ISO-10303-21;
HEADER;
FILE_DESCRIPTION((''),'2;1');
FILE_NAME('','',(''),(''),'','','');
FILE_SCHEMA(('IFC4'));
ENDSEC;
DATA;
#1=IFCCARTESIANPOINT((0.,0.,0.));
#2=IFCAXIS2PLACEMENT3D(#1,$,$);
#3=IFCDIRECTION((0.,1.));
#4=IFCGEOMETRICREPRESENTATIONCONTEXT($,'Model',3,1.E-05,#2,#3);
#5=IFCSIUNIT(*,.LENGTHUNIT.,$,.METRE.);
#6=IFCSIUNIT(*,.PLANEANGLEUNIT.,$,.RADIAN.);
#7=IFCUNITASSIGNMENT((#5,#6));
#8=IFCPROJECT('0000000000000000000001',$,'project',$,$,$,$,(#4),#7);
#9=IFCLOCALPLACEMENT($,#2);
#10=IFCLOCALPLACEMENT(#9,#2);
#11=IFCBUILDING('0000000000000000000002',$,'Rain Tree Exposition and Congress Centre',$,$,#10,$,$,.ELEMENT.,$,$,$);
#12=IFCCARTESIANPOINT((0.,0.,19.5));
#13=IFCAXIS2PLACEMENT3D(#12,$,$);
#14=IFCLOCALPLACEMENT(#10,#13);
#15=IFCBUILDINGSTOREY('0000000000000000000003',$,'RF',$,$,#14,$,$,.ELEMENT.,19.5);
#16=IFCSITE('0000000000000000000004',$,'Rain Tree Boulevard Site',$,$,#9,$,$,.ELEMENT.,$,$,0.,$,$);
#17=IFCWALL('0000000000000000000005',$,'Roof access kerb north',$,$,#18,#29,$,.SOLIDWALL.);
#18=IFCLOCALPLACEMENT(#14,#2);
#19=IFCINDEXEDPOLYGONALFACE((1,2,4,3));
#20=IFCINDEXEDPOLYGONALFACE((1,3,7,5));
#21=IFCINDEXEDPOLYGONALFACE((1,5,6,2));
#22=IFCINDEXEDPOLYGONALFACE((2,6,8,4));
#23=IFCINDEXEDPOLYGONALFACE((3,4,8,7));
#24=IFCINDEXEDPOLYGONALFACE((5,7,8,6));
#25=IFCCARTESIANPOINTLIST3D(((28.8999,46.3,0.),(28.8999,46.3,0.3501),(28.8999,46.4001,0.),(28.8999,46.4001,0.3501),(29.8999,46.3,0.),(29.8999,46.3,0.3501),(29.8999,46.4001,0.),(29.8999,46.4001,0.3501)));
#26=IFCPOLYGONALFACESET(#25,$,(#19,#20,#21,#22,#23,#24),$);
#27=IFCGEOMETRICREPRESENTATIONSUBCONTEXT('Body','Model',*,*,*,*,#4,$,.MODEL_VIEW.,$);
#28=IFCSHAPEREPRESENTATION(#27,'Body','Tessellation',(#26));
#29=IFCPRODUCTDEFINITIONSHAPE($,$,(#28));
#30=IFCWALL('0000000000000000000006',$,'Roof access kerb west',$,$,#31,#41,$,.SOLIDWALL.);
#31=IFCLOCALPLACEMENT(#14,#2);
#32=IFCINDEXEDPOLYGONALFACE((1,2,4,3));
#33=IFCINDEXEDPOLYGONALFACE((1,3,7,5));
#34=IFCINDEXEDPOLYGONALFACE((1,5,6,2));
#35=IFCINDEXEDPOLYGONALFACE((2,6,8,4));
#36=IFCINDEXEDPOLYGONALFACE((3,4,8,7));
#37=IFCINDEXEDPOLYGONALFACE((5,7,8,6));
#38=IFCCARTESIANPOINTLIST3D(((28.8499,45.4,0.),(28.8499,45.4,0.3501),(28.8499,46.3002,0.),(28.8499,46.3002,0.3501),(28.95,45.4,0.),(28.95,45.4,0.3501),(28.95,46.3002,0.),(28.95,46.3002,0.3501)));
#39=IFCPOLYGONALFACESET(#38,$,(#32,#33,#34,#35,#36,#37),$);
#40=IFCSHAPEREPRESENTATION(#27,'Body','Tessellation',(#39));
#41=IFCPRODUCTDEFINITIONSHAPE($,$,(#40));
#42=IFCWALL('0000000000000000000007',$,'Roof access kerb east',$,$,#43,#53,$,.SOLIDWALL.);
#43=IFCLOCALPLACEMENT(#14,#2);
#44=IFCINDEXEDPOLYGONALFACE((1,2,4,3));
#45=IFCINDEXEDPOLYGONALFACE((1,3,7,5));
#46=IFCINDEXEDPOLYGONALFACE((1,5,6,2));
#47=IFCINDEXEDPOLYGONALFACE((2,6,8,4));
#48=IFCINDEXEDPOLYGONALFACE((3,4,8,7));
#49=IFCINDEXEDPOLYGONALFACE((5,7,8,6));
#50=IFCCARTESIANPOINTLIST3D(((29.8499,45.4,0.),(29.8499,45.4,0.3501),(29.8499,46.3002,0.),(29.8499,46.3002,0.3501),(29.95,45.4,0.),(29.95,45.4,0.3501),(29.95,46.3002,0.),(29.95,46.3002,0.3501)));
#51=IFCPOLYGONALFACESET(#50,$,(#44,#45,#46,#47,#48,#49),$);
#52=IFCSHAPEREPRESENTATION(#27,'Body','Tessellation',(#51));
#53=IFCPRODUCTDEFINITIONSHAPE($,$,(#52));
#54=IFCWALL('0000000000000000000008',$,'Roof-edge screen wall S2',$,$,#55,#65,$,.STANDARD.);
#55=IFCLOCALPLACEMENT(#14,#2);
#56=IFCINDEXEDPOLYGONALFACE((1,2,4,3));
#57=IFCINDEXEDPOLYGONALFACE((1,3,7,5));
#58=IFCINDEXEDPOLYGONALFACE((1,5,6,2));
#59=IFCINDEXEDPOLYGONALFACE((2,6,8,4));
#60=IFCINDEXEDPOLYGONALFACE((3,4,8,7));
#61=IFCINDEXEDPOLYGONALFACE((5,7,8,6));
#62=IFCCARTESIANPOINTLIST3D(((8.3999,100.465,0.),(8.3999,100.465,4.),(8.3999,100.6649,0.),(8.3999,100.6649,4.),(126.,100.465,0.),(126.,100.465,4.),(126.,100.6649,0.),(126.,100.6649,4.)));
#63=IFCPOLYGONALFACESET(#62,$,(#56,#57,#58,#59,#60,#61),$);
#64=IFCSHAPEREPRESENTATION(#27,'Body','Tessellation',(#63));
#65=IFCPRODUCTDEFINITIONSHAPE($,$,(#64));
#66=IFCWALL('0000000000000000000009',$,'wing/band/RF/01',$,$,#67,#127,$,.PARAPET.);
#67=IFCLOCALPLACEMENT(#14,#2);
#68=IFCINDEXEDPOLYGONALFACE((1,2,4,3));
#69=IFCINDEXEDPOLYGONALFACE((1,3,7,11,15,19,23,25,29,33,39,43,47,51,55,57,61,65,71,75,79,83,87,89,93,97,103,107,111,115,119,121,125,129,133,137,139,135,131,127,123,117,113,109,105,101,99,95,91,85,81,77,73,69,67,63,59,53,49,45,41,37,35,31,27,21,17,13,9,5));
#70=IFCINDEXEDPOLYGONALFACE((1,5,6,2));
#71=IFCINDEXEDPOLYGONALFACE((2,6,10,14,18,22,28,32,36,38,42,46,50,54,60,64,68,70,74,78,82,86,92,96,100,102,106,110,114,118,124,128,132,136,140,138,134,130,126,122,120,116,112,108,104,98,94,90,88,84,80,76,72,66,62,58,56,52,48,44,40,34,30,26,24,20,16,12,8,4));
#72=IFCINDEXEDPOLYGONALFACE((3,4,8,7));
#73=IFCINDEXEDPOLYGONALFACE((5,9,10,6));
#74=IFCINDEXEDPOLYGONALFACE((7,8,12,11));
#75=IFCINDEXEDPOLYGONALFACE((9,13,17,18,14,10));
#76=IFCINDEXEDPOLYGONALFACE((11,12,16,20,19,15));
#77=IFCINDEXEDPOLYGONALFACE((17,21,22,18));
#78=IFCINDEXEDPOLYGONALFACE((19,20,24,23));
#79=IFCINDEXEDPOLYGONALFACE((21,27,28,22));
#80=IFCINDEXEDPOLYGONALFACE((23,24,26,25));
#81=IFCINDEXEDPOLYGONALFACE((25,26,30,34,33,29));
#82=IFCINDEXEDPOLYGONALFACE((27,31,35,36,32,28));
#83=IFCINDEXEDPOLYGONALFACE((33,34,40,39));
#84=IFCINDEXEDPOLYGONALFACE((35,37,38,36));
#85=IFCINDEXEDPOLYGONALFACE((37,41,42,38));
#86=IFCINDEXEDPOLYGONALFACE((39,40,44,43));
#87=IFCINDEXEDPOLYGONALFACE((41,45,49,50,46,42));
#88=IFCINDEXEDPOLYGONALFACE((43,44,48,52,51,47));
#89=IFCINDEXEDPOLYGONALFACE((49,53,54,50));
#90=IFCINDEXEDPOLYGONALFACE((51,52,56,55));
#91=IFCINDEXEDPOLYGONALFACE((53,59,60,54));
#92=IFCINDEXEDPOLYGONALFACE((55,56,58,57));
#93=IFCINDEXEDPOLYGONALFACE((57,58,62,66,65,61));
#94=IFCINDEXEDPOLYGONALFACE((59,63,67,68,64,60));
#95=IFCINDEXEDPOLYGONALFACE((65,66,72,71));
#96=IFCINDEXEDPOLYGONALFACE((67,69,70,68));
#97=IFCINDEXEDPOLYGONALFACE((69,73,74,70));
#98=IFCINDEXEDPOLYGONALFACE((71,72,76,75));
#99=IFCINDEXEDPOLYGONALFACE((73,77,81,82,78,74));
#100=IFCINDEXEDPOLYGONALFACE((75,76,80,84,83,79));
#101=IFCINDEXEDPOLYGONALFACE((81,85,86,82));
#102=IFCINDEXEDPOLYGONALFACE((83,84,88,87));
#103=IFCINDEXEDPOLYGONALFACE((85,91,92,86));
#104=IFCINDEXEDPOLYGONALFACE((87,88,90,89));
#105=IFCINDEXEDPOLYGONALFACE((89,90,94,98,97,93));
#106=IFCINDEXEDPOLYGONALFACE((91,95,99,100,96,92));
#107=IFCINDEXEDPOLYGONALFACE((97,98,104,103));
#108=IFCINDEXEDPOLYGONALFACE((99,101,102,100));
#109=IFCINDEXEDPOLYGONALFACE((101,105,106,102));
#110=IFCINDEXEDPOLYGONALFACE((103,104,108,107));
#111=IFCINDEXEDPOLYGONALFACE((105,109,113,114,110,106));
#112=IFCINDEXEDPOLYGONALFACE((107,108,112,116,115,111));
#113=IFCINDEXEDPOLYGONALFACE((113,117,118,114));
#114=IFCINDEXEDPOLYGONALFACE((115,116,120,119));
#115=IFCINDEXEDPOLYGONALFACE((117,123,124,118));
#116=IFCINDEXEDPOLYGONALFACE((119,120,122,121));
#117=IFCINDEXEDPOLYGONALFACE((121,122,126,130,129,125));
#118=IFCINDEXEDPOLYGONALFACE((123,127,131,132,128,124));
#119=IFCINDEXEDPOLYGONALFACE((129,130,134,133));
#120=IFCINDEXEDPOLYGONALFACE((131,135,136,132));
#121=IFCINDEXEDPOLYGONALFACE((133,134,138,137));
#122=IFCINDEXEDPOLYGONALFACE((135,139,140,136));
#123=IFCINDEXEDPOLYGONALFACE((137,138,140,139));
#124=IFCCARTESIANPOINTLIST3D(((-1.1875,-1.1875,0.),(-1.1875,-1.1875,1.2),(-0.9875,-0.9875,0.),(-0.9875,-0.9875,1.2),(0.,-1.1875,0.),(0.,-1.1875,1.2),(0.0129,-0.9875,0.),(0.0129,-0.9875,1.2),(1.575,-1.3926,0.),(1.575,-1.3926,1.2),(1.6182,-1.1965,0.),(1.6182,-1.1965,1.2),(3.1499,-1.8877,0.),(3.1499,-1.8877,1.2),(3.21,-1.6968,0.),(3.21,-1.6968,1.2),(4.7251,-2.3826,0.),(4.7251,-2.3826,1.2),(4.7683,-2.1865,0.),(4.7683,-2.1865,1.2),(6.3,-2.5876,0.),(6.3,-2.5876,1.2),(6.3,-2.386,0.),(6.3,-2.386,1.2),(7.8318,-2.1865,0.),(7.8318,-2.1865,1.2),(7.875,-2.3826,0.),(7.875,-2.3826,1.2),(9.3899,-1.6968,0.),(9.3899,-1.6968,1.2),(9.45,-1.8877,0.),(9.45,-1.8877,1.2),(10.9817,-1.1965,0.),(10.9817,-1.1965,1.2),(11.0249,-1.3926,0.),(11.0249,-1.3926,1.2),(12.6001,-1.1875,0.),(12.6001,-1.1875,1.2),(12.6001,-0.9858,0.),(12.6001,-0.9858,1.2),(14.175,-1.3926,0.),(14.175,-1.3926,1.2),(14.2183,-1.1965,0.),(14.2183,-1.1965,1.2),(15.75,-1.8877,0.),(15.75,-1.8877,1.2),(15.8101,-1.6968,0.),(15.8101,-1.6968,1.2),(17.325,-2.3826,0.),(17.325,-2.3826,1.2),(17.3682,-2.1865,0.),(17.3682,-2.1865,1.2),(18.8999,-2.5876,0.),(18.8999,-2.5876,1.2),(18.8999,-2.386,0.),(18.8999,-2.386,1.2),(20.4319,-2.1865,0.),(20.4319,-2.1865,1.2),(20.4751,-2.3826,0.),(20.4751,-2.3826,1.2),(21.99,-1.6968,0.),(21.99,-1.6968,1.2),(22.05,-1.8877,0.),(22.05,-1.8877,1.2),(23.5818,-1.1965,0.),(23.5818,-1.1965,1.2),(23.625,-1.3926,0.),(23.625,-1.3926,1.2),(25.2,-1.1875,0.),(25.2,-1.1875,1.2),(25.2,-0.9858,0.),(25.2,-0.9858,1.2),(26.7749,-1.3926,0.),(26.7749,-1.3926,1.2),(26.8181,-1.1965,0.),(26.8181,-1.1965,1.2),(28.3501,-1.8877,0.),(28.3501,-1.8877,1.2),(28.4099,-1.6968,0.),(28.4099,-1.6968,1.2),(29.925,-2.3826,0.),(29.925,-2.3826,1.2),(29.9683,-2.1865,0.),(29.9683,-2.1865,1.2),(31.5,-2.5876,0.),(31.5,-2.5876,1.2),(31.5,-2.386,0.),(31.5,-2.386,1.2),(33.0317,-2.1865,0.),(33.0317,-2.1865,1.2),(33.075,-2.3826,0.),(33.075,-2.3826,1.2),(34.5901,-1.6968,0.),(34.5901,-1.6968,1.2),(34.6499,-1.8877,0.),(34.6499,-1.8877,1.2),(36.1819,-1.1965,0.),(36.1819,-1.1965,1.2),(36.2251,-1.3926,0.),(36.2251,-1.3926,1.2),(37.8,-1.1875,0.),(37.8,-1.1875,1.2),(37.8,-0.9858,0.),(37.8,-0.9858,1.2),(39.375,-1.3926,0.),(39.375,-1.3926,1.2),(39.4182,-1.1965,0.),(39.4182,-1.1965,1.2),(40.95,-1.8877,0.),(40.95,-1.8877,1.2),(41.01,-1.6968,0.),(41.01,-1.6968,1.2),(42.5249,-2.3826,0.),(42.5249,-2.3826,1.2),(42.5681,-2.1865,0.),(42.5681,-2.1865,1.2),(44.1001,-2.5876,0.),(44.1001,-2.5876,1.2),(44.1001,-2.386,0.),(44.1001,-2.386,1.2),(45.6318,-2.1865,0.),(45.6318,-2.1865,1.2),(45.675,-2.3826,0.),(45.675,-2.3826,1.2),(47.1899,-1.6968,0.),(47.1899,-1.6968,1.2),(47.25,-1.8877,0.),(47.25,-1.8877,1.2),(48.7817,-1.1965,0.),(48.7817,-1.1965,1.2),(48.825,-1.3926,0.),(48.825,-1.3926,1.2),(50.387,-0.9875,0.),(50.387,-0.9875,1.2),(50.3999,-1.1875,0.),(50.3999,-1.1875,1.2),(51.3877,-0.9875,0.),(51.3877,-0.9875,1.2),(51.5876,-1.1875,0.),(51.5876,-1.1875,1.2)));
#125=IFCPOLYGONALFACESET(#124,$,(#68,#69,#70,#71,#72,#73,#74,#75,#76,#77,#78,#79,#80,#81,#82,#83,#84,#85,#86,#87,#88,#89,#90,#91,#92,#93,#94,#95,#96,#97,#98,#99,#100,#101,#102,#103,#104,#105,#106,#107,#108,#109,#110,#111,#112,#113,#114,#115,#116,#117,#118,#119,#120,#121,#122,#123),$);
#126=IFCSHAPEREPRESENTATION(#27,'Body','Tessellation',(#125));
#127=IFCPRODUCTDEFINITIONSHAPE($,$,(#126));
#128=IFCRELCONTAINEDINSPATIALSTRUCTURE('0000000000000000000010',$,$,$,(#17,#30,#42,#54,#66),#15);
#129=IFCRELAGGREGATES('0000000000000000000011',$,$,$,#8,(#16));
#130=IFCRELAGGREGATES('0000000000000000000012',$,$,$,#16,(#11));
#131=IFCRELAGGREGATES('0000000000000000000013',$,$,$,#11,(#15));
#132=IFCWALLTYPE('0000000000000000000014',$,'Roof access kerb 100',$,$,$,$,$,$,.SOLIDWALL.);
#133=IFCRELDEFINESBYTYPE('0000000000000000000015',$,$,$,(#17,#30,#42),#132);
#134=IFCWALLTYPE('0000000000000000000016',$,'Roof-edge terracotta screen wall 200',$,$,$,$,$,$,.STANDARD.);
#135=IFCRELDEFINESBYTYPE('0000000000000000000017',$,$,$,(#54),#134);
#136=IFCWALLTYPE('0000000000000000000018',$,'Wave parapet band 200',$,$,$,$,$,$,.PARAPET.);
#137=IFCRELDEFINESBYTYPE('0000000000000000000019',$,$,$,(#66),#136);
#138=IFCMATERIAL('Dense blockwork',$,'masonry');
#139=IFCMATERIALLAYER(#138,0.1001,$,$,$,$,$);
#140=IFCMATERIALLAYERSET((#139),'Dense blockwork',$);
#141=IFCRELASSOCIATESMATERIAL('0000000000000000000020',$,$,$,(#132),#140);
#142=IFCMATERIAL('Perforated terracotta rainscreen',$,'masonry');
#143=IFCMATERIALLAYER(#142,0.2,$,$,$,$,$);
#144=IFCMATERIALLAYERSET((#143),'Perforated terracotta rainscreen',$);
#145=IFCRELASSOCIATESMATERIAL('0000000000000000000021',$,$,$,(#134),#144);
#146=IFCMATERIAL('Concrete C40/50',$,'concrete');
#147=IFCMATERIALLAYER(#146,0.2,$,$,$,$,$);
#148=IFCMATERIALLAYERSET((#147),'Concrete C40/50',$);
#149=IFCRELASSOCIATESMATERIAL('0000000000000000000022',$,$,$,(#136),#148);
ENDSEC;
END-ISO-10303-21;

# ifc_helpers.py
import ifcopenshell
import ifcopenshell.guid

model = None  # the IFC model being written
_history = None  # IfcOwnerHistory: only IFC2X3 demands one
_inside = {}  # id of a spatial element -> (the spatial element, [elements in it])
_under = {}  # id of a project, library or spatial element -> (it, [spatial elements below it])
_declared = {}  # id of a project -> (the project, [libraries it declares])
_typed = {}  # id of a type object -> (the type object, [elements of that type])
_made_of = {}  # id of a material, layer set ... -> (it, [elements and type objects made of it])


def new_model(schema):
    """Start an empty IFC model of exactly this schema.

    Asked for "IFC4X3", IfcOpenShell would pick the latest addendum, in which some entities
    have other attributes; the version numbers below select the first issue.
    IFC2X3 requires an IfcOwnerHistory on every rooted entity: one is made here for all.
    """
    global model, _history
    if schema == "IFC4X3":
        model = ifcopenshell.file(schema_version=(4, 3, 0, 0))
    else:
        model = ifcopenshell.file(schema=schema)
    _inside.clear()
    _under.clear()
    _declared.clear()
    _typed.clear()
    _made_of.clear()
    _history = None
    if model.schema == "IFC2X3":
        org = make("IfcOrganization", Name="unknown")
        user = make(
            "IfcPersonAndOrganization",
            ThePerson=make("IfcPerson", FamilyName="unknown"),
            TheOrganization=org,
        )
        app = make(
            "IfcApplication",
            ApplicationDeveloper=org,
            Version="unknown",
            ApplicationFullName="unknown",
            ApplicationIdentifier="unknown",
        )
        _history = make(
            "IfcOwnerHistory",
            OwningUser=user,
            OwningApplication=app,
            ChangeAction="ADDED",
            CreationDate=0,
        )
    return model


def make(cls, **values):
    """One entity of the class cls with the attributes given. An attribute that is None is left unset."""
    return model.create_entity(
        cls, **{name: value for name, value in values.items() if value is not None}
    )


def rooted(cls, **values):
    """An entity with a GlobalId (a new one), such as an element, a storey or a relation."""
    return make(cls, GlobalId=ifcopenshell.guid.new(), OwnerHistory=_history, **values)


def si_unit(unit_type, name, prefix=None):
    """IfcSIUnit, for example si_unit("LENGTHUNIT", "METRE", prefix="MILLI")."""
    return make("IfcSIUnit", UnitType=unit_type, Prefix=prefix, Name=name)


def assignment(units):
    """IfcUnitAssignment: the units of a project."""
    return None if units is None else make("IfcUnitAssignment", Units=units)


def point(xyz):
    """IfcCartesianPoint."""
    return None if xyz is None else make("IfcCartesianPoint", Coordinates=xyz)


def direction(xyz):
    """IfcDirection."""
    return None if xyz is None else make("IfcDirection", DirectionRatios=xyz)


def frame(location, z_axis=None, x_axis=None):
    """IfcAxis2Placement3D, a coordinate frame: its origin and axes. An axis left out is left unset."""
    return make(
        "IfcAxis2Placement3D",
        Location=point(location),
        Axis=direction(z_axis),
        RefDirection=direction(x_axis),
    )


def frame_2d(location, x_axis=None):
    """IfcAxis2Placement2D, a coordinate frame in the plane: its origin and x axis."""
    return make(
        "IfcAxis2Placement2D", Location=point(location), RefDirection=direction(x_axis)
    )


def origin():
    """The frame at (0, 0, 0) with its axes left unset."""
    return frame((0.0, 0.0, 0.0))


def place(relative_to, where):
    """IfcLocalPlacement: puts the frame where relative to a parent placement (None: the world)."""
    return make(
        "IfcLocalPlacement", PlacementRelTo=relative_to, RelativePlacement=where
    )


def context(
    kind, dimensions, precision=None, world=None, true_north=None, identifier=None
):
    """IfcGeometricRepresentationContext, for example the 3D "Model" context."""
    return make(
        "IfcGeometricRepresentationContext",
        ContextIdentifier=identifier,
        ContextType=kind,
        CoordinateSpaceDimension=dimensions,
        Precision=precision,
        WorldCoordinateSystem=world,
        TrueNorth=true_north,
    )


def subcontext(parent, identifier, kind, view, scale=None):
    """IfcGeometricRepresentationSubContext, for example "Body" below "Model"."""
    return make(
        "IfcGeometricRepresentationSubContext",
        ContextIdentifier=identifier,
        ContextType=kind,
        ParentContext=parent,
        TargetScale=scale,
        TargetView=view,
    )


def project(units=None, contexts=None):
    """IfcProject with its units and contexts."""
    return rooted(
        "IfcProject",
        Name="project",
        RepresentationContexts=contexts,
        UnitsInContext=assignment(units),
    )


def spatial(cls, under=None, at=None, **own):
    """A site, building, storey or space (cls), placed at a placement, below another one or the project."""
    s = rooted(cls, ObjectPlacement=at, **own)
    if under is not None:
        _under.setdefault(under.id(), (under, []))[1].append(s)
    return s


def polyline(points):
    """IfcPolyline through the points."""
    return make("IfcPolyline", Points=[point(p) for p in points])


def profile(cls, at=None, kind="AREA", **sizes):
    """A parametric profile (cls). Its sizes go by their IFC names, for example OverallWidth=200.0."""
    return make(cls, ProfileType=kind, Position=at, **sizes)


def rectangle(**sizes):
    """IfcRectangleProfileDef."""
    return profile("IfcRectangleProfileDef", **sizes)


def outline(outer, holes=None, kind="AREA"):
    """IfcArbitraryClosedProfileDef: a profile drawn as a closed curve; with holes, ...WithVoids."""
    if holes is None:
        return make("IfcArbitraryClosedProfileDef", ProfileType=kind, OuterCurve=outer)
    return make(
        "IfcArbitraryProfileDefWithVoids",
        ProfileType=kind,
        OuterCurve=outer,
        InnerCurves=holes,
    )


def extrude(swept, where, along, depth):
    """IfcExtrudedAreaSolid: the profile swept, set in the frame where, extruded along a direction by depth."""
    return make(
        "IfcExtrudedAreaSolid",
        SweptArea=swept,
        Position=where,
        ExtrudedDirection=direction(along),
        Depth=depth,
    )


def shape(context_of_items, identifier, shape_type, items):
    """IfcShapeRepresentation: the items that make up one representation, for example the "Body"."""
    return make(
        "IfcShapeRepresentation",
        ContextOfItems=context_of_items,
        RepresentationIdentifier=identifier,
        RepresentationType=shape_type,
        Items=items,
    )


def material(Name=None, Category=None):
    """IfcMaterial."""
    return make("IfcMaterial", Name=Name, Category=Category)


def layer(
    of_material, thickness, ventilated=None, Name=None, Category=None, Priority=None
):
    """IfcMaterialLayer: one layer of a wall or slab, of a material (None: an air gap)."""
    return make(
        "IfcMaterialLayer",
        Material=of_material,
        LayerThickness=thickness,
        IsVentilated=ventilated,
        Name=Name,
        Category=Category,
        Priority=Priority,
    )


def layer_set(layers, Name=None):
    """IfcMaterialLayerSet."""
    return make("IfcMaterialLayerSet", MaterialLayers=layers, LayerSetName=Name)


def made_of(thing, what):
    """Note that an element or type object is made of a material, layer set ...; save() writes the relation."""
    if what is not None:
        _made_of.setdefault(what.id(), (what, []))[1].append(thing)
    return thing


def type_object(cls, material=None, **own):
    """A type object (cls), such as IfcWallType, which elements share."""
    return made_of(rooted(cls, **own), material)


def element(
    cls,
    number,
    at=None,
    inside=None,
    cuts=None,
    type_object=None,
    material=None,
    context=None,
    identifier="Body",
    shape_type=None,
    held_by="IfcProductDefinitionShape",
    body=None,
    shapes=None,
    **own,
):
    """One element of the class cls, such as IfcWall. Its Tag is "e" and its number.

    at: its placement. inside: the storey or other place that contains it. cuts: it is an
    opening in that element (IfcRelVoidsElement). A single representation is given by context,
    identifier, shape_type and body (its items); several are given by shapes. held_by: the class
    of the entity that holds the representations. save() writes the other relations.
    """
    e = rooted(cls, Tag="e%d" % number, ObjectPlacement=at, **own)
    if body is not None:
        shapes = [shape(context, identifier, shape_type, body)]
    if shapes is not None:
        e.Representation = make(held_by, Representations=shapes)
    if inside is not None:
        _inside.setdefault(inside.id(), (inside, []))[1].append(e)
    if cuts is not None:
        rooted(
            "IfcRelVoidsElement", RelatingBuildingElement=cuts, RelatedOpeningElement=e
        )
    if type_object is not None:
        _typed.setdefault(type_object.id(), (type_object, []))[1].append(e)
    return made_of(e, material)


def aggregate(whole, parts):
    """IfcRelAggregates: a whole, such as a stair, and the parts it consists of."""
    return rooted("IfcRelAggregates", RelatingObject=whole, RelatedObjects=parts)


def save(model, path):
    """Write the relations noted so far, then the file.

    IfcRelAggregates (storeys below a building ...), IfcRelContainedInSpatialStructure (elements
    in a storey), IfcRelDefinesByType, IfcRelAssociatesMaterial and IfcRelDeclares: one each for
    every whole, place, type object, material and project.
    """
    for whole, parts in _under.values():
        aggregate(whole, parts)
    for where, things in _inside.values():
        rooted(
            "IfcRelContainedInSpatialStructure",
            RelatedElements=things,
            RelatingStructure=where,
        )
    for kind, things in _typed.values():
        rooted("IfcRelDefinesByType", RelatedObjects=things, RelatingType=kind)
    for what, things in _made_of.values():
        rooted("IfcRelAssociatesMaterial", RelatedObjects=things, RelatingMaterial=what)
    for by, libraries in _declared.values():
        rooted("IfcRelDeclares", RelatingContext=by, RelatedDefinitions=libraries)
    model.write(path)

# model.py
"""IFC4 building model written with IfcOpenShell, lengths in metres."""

from ifc_helpers import new_model, si_unit, direction, frame, frame_2d, origin, place, context, subcontext, project, spatial, polyline, rectangle, outline, extrude, material, layer, layer_set, type_object, element, save


model = new_model("IFC4")

# Units and contexts
model_context = context("Model", 3, precision=1e-05, world=origin(), true_north=direction((0.0, 1.0)))
body_context = subcontext(model_context, "Body", "Model", "MODEL_VIEW")
ifc_project = project(units=[si_unit("LENGTHUNIT", "METRE"), si_unit("PLANEANGLEUNIT", "RADIAN")], contexts=[model_context])

# Site, building, storey
site_placement = place(None, origin())
site = spatial("IfcSite", under=ifc_project, at=site_placement, Name="Rain Tree Boulevard Site", CompositionType="ELEMENT", RefElevation=0.0)
building_placement = place(site_placement, origin())
building = spatial("IfcBuilding", under=site, at=building_placement, Name="Rain Tree Exposition and Congress Centre", CompositionType="ELEMENT")
storey_placement = place(building_placement, frame((0.0, 0.0, 19.5)))
storey = spatial("IfcBuildingStorey", under=building, at=storey_placement, Name="RF", CompositionType="ELEMENT", Elevation=19.5)

# Walls
ifc_material_1 = material(Name="Dense blockwork", Category="masonry")
ifc_layer_1 = layer(ifc_material_1, 0.1001)
ifc_layer_set_1 = layer_set([ifc_layer_1], Name="Dense blockwork")
wall_type_1 = type_object("IfcWallType", Name="Roof access kerb 100", PredefinedType="SOLIDWALL", material=ifc_layer_set_1)
for number, where, z_axis, x_axis, name in (
    (1, (28.8999, 46.3501, 0.0), (0.0, 0.0, 1.0), (1.0, 0.0, 0.0), "Roof access kerb north"),
):
    element("IfcWall", number, at=place(storey_placement, frame(where, z_axis=z_axis, x_axis=x_axis)), inside=storey, type_object=wall_type_1, Name=name, PredefinedType="SOLIDWALL", context=body_context, shape_type="SweptSolid", body=[
        extrude(rectangle(XDim=1.0, YDim=0.1001, at=frame_2d((0.5, 0.0))), origin(), (0.0, 0.0, 1.0), 0.3501),
    ])
for number, where, z_axis, x_axis, name in (
    (2, (28.8999, 45.3999, 0.0), (0.0, 0.0, 1.0), (0.0, 1.0, 0.0), "Roof access kerb west"),
    (3, (29.8999, 45.3999, 0.0), (0.0, 0.0, 1.0), (0.0, 1.0, 0.0), "Roof access kerb east"),
):
    element("IfcWall", number, at=place(storey_placement, frame(where, z_axis=z_axis, x_axis=x_axis)), inside=storey, type_object=wall_type_1, Name=name, PredefinedType="SOLIDWALL", context=body_context, shape_type="SweptSolid", body=[
        extrude(rectangle(XDim=0.9001, YDim=0.1001, at=frame_2d((0.4502, 0.0))), origin(), (0.0, 0.0, 1.0), 0.3501),
    ])
ifc_material_2 = material(Name="Perforated terracotta rainscreen", Category="masonry")
ifc_layer_2 = layer(ifc_material_2, 0.2)
ifc_layer_set_2 = layer_set([ifc_layer_2], Name="Perforated terracotta rainscreen")
wall_type_2 = type_object("IfcWallType", Name="Roof-edge terracotta screen wall 200", PredefinedType="STANDARD", material=ifc_layer_set_2)
wall_1_placement = place(storey_placement, frame((8.3999, 100.5649, 0.0), z_axis=(0.0, 0.0, 1.0), x_axis=(1.0, 0.0, 0.0)))
element("IfcWall", 4, at=wall_1_placement, inside=storey, type_object=wall_type_2, Name="Roof-edge screen wall S2", PredefinedType="STANDARD", context=body_context, shape_type="SweptSolid", body=[
    extrude(rectangle(XDim=117.6001, YDim=0.2, at=frame_2d((58.8, 0.0))), origin(), (0.0, 0.0, 1.0), 4.0),
])
ifc_material_3 = material(Name="Concrete C40/50", Category="concrete")
ifc_layer_3 = layer(ifc_material_3, 0.2)
ifc_layer_set_3 = layer_set([ifc_layer_3], Name="Concrete C40/50")
wall_type_3 = type_object("IfcWallType", Name="Wave parapet band 200", PredefinedType="PARAPET", material=ifc_layer_set_3)
wall_2_placement = place(storey_placement, origin())
element("IfcWall", 5, at=wall_2_placement, inside=storey, type_object=wall_type_3, Name="wing/band/RF/01", PredefinedType="PARAPET", context=body_context, shape_type="SweptSolid", body=[
    extrude(outline(polyline([(50.3999, -1.1875), (51.5876, -1.1875), (51.3877, -0.9875), (50.387, -0.9875), (48.7817, -1.1965), (47.1899, -1.6968), (45.6318, -2.1865), (44.1001, -2.386), (42.5681, -2.1865), (41.01, -1.6968), (39.4182, -1.1965), (37.8, -0.9858), (36.1819, -1.1965), (34.5901, -1.6968), (33.0317, -2.1865), (31.5, -2.386), (29.9683, -2.1865), (28.4099, -1.6968), (26.8181, -1.1965), (25.2, -0.9858), (23.5818, -1.1965), (21.99, -1.6968), (20.4319, -2.1865), (18.8999, -2.386), (17.3682, -2.1865), (15.8101, -1.6968), (14.2183, -1.1965), (12.6001, -0.9858), (10.9817, -1.1965), (9.3899, -1.6968), (7.8318, -2.1865), (6.3, -2.386), (4.7683, -2.1865), (3.21, -1.6968), (1.6182, -1.1965), (0.0129, -0.9875), (-0.9875, -0.9875), (-1.1875, -1.1875), (0.0, -1.1875), (1.575, -1.3926), (3.1499, -1.8877), (4.7251, -2.3826), (6.3, -2.5876), (7.875, -2.3826), (9.45, -1.8877), (11.0249, -1.3926), (12.6001, -1.1875), (14.175, -1.3926), (15.75, -1.8877), (17.325, -2.3826), (18.8999, -2.5876), (20.4751, -2.3826), (22.05, -1.8877), (23.625, -1.3926), (25.2, -1.1875), (26.7749, -1.3926), (28.3501, -1.8877), (29.925, -2.3826), (31.5, -2.5876), (33.075, -2.3826), (34.6499, -1.8877), (36.2251, -1.3926), (37.8, -1.1875), (39.375, -1.3926), (40.95, -1.8877), (42.5249, -2.3826), (44.1001, -2.5876), (45.675, -2.3826), (47.25, -1.8877), (48.825, -1.3926), (50.3999, -1.1875)])), origin(), (0.0, 0.0, 1.0), 1.2),
])

save(model, "model.ifc")
